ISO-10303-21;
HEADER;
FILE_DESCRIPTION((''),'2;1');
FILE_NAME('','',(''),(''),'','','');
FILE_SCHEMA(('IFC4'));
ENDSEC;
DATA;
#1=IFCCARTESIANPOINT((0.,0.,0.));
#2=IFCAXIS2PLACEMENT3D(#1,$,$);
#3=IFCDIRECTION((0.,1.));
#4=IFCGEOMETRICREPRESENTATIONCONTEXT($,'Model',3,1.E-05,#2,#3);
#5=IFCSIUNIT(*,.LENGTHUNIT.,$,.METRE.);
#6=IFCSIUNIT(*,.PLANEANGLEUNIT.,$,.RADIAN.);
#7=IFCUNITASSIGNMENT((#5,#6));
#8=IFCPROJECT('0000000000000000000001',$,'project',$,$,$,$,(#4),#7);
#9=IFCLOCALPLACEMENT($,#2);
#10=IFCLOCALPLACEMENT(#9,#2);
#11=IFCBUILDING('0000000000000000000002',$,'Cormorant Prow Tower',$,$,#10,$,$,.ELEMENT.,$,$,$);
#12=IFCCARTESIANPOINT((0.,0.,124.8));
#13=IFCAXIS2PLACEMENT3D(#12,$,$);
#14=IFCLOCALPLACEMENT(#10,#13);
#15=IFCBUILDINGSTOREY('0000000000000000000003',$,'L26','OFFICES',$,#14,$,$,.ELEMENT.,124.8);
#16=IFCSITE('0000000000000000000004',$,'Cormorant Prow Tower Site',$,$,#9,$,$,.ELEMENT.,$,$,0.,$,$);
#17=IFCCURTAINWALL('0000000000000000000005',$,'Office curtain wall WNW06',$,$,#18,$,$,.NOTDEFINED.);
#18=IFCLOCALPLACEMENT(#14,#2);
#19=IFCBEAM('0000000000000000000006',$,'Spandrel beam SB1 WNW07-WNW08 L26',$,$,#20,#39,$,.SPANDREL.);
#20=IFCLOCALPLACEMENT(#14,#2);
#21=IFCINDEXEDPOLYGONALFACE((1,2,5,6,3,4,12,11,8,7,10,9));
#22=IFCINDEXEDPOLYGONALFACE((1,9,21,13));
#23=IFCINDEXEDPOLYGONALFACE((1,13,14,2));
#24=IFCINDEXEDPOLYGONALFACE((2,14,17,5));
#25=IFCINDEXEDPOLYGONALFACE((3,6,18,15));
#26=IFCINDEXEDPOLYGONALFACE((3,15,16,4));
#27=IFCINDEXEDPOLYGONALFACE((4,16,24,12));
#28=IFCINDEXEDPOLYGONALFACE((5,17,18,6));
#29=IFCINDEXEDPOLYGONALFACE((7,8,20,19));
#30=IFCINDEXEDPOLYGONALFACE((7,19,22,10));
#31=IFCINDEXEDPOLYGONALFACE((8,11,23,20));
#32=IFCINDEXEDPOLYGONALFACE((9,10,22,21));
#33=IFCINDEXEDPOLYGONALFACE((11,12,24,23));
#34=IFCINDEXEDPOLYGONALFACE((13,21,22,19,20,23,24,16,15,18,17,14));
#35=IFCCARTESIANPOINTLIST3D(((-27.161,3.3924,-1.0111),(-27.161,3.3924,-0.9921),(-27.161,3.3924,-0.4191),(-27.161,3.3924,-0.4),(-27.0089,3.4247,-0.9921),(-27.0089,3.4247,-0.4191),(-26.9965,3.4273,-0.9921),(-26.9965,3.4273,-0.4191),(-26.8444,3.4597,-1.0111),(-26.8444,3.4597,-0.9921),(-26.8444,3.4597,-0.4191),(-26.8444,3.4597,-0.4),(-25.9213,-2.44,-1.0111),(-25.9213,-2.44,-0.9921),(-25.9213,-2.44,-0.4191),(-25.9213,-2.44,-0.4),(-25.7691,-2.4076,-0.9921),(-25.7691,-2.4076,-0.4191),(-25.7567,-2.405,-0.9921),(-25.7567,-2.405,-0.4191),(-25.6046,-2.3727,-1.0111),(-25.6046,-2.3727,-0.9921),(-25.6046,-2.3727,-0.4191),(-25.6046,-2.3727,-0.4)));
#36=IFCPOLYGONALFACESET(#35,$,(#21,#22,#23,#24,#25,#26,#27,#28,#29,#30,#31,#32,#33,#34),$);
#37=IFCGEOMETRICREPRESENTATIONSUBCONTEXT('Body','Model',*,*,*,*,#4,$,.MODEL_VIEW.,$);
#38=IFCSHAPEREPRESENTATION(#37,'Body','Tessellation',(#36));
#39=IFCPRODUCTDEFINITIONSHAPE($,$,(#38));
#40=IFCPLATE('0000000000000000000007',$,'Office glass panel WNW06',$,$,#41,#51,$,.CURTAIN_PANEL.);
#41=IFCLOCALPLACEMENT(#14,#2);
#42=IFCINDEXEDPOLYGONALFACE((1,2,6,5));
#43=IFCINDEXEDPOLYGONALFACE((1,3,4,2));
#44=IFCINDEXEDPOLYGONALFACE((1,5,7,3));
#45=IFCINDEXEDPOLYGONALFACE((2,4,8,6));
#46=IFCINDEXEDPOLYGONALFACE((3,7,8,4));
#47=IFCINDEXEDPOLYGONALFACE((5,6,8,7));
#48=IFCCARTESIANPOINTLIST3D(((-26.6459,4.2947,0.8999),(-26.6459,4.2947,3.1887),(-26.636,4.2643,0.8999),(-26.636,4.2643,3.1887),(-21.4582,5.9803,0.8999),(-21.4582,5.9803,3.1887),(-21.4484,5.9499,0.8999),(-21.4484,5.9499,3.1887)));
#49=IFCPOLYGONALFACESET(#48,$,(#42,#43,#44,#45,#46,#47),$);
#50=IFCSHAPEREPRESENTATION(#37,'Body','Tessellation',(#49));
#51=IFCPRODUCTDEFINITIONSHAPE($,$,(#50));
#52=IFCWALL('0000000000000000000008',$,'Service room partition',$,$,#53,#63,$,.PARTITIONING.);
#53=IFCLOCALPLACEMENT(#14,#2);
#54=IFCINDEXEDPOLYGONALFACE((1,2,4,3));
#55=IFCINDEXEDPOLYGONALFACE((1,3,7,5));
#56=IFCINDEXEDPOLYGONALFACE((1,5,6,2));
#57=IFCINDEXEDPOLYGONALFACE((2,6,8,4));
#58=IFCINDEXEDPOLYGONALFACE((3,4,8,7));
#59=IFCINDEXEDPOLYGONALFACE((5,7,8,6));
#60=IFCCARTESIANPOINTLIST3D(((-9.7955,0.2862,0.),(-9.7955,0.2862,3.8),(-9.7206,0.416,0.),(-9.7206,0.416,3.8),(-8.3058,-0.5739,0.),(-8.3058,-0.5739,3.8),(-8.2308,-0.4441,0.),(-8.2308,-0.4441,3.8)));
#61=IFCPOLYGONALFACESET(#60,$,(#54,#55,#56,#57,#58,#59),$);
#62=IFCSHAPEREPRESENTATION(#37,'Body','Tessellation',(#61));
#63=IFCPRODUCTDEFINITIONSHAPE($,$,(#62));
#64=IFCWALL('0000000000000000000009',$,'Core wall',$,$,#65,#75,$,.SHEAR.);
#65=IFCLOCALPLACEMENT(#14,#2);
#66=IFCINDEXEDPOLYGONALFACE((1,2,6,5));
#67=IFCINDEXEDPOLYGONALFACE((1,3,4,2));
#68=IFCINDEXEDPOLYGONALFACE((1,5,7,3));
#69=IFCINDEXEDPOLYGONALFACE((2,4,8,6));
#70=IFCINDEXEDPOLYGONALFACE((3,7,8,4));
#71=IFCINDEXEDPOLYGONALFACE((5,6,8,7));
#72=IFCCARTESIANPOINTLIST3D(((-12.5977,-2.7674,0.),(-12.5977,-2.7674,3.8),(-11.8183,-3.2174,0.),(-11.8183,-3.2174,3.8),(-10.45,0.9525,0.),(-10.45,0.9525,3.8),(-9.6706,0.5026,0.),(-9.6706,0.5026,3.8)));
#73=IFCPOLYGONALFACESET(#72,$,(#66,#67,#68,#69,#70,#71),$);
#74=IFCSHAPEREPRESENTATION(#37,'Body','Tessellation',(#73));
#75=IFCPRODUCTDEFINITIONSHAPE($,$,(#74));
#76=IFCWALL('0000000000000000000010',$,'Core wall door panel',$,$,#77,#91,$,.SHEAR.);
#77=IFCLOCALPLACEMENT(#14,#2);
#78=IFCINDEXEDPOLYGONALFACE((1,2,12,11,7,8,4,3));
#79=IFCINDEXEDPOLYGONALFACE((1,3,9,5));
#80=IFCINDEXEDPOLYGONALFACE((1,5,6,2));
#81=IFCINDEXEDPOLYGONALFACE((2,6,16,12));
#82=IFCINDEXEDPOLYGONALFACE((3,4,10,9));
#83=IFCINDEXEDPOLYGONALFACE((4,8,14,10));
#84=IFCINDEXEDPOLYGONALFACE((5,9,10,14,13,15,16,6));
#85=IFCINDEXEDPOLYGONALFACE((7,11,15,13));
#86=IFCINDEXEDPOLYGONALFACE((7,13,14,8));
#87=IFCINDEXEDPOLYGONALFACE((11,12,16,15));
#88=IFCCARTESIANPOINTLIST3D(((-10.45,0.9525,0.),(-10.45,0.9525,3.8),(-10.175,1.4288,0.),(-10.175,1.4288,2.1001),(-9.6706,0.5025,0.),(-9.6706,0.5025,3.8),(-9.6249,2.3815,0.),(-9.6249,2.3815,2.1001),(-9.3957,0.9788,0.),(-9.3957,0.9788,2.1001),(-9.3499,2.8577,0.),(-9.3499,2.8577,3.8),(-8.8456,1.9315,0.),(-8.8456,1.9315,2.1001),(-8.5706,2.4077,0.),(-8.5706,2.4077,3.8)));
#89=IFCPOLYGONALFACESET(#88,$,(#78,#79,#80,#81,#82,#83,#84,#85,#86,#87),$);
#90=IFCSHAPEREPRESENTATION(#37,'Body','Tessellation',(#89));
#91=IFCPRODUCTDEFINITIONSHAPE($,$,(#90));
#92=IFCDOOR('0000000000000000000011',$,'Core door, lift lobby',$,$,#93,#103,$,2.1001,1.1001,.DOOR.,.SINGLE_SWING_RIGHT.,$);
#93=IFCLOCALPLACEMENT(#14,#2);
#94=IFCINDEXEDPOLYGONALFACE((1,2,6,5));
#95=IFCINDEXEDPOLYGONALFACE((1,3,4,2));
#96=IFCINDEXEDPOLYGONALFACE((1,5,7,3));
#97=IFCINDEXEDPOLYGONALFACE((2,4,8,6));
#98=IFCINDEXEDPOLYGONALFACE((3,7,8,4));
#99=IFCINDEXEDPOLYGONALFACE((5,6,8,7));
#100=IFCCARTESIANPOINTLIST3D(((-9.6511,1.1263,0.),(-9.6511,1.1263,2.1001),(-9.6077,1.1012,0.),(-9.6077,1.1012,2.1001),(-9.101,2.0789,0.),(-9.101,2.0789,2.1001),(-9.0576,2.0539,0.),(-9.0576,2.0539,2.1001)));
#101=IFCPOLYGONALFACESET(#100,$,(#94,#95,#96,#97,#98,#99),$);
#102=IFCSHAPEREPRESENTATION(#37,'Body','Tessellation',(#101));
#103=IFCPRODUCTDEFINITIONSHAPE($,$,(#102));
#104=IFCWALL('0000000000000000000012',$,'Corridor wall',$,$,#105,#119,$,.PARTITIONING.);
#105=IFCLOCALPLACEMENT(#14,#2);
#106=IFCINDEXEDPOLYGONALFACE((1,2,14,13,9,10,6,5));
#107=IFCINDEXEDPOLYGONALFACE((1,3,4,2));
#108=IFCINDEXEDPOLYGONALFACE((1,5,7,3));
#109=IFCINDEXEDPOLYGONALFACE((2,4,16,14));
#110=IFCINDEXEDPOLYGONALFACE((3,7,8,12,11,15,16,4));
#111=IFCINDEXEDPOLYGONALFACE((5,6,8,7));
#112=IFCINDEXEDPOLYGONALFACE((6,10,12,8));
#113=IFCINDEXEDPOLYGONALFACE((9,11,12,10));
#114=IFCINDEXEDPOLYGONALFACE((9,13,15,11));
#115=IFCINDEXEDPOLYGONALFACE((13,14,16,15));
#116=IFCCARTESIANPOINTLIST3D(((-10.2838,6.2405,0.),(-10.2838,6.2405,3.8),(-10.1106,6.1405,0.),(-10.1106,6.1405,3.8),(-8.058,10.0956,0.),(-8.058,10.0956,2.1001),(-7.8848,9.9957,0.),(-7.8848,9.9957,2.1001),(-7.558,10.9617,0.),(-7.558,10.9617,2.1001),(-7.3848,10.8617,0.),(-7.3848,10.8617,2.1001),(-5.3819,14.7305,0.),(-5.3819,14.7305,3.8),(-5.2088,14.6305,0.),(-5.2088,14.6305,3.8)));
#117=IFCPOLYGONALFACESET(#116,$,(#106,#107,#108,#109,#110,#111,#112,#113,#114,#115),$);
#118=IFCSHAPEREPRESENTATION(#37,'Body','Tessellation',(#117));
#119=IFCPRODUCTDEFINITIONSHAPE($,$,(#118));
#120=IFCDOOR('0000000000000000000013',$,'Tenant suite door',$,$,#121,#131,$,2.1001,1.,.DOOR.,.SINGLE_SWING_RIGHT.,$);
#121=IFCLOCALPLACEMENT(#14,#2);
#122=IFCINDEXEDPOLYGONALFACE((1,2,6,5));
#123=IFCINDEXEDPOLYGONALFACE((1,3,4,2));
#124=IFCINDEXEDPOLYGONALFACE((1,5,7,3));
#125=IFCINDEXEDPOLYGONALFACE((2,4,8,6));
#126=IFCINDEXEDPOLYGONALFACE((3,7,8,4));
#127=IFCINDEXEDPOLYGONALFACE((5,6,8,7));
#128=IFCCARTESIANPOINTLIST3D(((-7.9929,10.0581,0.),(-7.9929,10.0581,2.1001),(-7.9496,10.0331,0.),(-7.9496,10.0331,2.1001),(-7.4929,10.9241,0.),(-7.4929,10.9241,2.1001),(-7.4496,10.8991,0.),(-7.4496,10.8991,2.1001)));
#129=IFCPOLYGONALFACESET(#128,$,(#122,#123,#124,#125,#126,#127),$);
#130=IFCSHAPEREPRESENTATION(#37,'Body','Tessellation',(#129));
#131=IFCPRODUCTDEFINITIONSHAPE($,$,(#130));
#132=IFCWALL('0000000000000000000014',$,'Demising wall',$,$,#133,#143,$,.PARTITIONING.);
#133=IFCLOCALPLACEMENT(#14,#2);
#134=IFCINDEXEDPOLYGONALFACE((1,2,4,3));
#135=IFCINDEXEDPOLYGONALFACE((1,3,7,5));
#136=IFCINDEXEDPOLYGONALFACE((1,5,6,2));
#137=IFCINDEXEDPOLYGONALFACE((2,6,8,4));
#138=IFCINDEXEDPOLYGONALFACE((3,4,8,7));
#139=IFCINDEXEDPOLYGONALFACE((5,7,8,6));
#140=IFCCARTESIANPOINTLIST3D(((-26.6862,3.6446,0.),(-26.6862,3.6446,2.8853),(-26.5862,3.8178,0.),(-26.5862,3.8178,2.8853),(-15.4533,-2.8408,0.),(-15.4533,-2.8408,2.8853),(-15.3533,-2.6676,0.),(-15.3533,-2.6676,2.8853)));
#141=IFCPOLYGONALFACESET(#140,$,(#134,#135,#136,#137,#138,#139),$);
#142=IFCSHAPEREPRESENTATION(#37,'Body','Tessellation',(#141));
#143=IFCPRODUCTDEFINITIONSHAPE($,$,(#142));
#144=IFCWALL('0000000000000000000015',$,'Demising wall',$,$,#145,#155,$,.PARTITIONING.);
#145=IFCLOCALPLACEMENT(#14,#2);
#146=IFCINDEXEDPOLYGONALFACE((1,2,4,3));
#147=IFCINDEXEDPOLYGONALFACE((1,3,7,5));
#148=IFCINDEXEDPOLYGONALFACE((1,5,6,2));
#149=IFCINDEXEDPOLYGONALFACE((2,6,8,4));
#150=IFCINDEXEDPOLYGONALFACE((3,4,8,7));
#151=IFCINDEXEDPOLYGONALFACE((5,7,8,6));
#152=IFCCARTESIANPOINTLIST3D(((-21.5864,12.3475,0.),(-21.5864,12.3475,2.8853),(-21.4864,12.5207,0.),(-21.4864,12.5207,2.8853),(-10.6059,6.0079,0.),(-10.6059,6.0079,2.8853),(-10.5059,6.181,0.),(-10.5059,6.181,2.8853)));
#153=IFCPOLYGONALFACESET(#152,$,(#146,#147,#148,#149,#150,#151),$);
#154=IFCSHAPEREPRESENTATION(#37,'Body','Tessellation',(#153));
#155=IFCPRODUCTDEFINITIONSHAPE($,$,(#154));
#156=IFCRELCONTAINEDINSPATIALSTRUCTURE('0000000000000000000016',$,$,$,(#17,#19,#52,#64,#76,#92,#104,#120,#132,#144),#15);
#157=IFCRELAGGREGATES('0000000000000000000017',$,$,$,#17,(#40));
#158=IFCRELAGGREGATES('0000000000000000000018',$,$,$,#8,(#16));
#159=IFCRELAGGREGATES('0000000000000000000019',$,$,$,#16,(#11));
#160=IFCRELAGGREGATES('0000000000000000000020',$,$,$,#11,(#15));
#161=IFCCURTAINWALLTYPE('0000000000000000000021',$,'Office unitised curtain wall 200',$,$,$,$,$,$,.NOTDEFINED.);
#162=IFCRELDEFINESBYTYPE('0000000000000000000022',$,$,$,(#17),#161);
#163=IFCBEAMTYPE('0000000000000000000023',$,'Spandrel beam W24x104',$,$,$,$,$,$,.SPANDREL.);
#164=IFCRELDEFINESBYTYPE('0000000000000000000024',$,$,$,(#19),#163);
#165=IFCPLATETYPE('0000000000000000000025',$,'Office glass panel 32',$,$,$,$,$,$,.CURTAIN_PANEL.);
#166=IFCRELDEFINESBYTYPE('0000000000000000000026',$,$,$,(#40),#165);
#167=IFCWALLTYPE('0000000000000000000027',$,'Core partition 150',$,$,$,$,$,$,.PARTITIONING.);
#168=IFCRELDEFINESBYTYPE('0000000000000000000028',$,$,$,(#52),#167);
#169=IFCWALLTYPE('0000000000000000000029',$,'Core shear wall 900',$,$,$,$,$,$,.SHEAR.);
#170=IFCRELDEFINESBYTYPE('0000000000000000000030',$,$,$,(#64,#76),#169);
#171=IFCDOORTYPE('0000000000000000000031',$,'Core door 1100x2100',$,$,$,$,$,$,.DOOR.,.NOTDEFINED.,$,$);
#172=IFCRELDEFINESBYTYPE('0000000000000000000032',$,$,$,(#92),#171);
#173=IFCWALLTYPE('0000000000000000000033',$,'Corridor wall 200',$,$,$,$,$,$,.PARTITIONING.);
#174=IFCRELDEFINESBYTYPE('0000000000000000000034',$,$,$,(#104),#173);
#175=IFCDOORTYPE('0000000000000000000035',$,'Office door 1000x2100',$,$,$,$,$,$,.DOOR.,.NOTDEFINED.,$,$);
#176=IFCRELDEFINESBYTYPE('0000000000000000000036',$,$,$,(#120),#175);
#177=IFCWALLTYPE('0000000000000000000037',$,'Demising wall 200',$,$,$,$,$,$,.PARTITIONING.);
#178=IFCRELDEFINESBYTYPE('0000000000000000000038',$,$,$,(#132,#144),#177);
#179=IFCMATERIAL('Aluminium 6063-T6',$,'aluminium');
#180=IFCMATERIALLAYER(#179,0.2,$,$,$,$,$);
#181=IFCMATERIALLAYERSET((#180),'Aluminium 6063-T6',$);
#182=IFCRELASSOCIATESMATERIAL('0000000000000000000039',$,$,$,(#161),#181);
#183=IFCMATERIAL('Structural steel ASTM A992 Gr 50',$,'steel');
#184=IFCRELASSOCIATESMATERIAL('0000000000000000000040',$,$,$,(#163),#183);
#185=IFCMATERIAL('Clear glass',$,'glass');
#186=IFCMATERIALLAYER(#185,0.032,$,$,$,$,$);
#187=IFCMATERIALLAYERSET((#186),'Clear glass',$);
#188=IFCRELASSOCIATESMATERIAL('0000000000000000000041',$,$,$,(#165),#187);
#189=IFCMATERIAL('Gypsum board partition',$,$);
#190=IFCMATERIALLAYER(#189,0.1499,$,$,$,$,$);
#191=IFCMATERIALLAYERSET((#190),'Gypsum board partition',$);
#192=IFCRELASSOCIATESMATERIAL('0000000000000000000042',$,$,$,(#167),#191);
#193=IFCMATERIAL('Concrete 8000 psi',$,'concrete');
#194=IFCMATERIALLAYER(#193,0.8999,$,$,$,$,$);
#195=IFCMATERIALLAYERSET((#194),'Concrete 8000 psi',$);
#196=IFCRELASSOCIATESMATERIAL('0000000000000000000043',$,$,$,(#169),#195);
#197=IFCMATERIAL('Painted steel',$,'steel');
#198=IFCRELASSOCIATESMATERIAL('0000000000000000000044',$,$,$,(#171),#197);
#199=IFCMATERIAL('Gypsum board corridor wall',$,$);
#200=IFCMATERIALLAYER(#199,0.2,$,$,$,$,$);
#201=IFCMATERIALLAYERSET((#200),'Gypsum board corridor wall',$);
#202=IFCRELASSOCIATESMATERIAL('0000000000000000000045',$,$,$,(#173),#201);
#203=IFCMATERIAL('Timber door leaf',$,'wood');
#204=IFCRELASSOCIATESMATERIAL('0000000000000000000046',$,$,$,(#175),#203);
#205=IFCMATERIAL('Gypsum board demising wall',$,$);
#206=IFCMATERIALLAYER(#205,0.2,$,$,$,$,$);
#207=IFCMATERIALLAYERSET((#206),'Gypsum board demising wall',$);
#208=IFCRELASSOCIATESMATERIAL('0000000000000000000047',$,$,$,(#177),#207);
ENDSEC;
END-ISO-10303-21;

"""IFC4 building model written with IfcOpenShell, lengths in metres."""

from ifc_helpers import new_model, si_unit, direction, frame, frame_2d, origin, origin_2d, place, context, subcontext, project, spatial, rectangle, i_section, extrude, material, layer, layer_set, material_profile, profile_set, type_object, element, fill, aggregate, save


model = new_model("IFC4")

# Units and contexts
model_context = context("Model", 3, precision=1e-05, world=origin(), true_north=direction((0.0, 1.0)))
body_context = subcontext(model_context, "Body", "Model", "MODEL_VIEW")
ifc_project = project(units=[si_unit("LENGTHUNIT", "METRE"), si_unit("PLANEANGLEUNIT", "RADIAN")], contexts=[model_context])

# Site, building, storey
site_placement = place(None, origin())
site = spatial("IfcSite", under=ifc_project, at=site_placement, Name="Cormorant Prow Tower Site", CompositionType="ELEMENT", RefElevation=0.0)
building_placement = place(site_placement, origin())
building = spatial("IfcBuilding", under=site, at=building_placement, Name="Cormorant Prow Tower", CompositionType="ELEMENT")
storey_placement = place(building_placement, frame((0.0, 0.0, 124.8)))
storey = spatial("IfcBuildingStorey", under=building, at=storey_placement, Name="L26", Description="OFFICES", CompositionType="ELEMENT", Elevation=124.8)

# Curtain wall
ifc_material_1 = material(Name="Aluminium 6063-T6", Category="aluminium")
ifc_layer_1 = layer(ifc_material_1, 0.2)
ifc_layer_set_1 = layer_set([ifc_layer_1], Name="Aluminium 6063-T6")
curtain_wall_type = type_object("IfcCurtainWallType", Name="Office unitised curtain wall 200", PredefinedType="NOTDEFINED", material=ifc_layer_set_1)
curtain_wall_placement = place(storey_placement, origin())
curtain_wall = element("IfcCurtainWall", 1, at=curtain_wall_placement, inside=storey, type_object=curtain_wall_type, Name="Office curtain wall WNW06", PredefinedType="NOTDEFINED")

# Beam
ifc_material_2 = material(Name="Structural steel ASTM A992 Gr 50", Category="steel")
ifc_material_profile_1 = material_profile(ifc_material_2, i_section(OverallWidth=0.3237, OverallDepth=0.6111, WebThickness=0.0127, FlangeThickness=0.019, at=origin_2d()), Name="W24x104")
ifc_profile_set_1 = profile_set([ifc_material_profile_1], Name="Structural steel ASTM A992 Gr 50")
beam_type_1 = type_object("IfcBeamType", Name="Spandrel beam W24x104", PredefinedType="SPANDREL", material=ifc_profile_set_1)
beam_1_placement = place(storey_placement, frame((-27.0027, 3.426, -0.7056), z_axis=(0.207921, -0.978146, 0.0), x_axis=(0.978146, 0.207921, 0.0)))
element("IfcBeam", 2, at=beam_1_placement, inside=storey, type_object=beam_type_1, Name="Spandrel beam SB1 WNW07-WNW08 L26", PredefinedType="SPANDREL", context=body_context, shape_type="SweptSolid", body=[
    extrude(i_section(OverallWidth=0.3237, OverallDepth=0.6111, WebThickness=0.0127, FlangeThickness=0.019, at=origin_2d()), origin(), (0.0, 0.0, 1.0), 5.9626),
])

# Plate
ifc_material_3 = material(Name="Clear glass", Category="glass")
ifc_layer_2 = layer(ifc_material_3, 0.032)
ifc_layer_set_2 = layer_set([ifc_layer_2], Name="Clear glass")
plate_type = type_object("IfcPlateType", Name="Office glass panel 32", PredefinedType="CURTAIN_PANEL", material=ifc_layer_set_2)
plate_placement = place(storey_placement, frame((-24.0471, 5.1223, 0.8999), z_axis=(0.0, 0.0, 1.0), x_axis=(-0.951056, -0.309017, 0.0)))
plate = element("IfcPlate", 3, at=plate_placement, type_object=plate_type, Name="Office glass panel WNW06", PredefinedType="CURTAIN_PANEL", context=body_context, shape_type="SweptSolid", body=[
    extrude(rectangle(XDim=5.4546, YDim=0.032, at=origin_2d()), origin(), (0.0, 0.0, 1.0), 2.2888),
])
aggregate(curtain_wall, [plate])

# Walls
ifc_material_4 = material(Name="Gypsum board partition")
ifc_layer_3 = layer(ifc_material_4, 0.1499)
ifc_layer_set_3 = layer_set([ifc_layer_3], Name="Gypsum board partition")
wall_type_1 = type_object("IfcWallType", Name="Core partition 150", PredefinedType="PARTITIONING", material=ifc_layer_set_3)
wall_1_placement = place(storey_placement, frame((-8.2683, -0.509, 0.0), z_axis=(0.0, 0.0, 1.0), x_axis=(-0.866025, 0.500001, 0.0)))
element("IfcWall", 4, at=wall_1_placement, inside=storey, type_object=wall_type_1, Name="Service room partition", PredefinedType="PARTITIONING", context=body_context, shape_type="SweptSolid", body=[
    extrude(rectangle(XDim=1.7202, YDim=0.1499, at=frame_2d((0.8601, 0.0))), origin(), (0.0, 0.0, 1.0), 3.8),
])
ifc_material_5 = material(Name="Concrete 8000 psi", Category="concrete")
ifc_layer_4 = layer(ifc_material_5, 0.8999)
ifc_layer_set_4 = layer_set([ifc_layer_4], Name="Concrete 8000 psi")
wall_type_2 = type_object("IfcWallType", Name="Core shear wall 900", PredefinedType="SHEAR", material=ifc_layer_set_4)
wall_2_placement = place(storey_placement, frame((-10.0603, 0.7275, 0.0), z_axis=(0.0, 0.0, 1.0), x_axis=(-0.499996, -0.866028, 0.0)))
element("IfcWall", 5, at=wall_2_placement, inside=storey, type_object=wall_type_2, Name="Core wall", PredefinedType="SHEAR", context=body_context, shape_type="SweptSolid", body=[
    extrude(rectangle(XDim=4.2954, YDim=0.8999, at=frame_2d((2.1477, 0.0))), origin(), (0.0, 0.0, 1.0), 3.8),
])

# Walls, openings, doors
wall_3_placement = place(storey_placement, frame((-8.9602, 2.6328, 0.0), z_axis=(0.0, 0.0, 1.0), x_axis=(-0.50003, -0.866008, 0.0)))
wall_3 = element("IfcWall", 6, at=wall_3_placement, inside=storey, type_object=wall_type_2, Name="Core wall door panel", PredefinedType="SHEAR", context=body_context, shape_type="SweptSolid", body=[
    extrude(rectangle(XDim=2.2, YDim=0.8999, at=frame_2d((1.1001, 0.0))), origin(), (0.0, 0.0, 1.0), 3.8),
])
opening_1_placement = place(wall_3_placement, frame((0.55, 0.0, 0.0)))
opening_1 = element("IfcOpeningElement", 7, at=opening_1_placement, cuts=wall_3, PredefinedType="OPENING", context=body_context, shape_type="SweptSolid", body=[
    extrude(rectangle(XDim=1.1001, YDim=2.1001, at=frame_2d((0.55, 1.05))), frame((0.0, 0.46, 0.0), z_axis=(0.0, -1.0, 0.0), x_axis=(1.0, 0.0, 0.0)), (0.0, 0.0, 1.0), 0.9199),
])
ifc_material_6 = material(Name="Painted steel", Category="steel")
door_type_1 = type_object("IfcDoorType", Name="Core door 1100x2100", OperationType="NOTDEFINED", PredefinedType="DOOR", material=ifc_material_6)
door_1_placement = place(opening_1_placement, origin())
door_1 = element("IfcDoor", 8, at=door_1_placement, inside=storey, type_object=door_type_1, Name="Core door, lift lobby", OperationType="SINGLE_SWING_RIGHT", OverallHeight=2.1001, OverallWidth=1.1001, PredefinedType="DOOR", context=body_context, shape_type="SweptSolid", body=[
    extrude(rectangle(XDim=1.1001, YDim=2.1001, at=frame_2d((0.55, 1.05))), frame((0.0, 0.2051, 0.0), z_axis=(0.0, -1.0, 0.0), x_axis=(1.0, 0.0, 0.0)), (0.0, 0.0, 1.0), 0.05),
])
fill(opening_1, door_1)
ifc_material_7 = material(Name="Gypsum board corridor wall")
ifc_layer_5 = layer(ifc_material_7, 0.2)
ifc_layer_set_5 = layer_set([ifc_layer_5], Name="Gypsum board corridor wall")
wall_type_3 = type_object("IfcWallType", Name="Corridor wall 200", PredefinedType="PARTITIONING", material=ifc_layer_set_5)
wall_4_placement = place(storey_placement, frame((-10.1973, 6.1904, 0.0), z_axis=(0.0, 0.0, 1.0), x_axis=(0.500012, 0.866018, 0.0)))
wall_4 = element("IfcWall", 9, at=wall_4_placement, inside=storey, type_object=wall_type_3, Name="Corridor wall", PredefinedType="PARTITIONING", context=body_context, shape_type="SweptSolid", body=[
    extrude(rectangle(XDim=9.8035, YDim=0.2, at=frame_2d((4.9019, 0.0))), origin(), (0.0, 0.0, 1.0), 3.8),
])
opening_2_placement = place(wall_4_placement, frame((4.4517, 0.0, 0.0)))
opening_2 = element("IfcOpeningElement", 10, at=opening_2_placement, cuts=wall_4, PredefinedType="OPENING", context=body_context, shape_type="SweptSolid", body=[
    extrude(rectangle(XDim=1.0, YDim=2.1001, at=frame_2d((0.5, 1.05))), frame((0.0, 0.1099, 0.0), z_axis=(0.0, -1.0, 0.0), x_axis=(1.0, 0.0, 0.0)), (0.0, 0.0, 1.0), 0.22),
])
ifc_material_8 = material(Name="Timber door leaf", Category="wood")
door_type_2 = type_object("IfcDoorType", Name="Office door 1000x2100", OperationType="NOTDEFINED", PredefinedType="DOOR", material=ifc_material_8)
door_2_placement = place(opening_2_placement, origin())
door_2 = element("IfcDoor", 11, at=door_2_placement, inside=storey, type_object=door_type_2, Name="Tenant suite door", OperationType="SINGLE_SWING_RIGHT", OverallHeight=2.1001, OverallWidth=1.0, PredefinedType="DOOR", context=body_context, shape_type="SweptSolid", body=[
    extrude(rectangle(XDim=1.0, YDim=2.1001, at=frame_2d((0.5, 1.05))), frame((0.0, 0.0249, 0.0), z_axis=(0.0, -1.0, 0.0), x_axis=(1.0, 0.0, 0.0)), (0.0, 0.0, 1.0), 0.05),
])
fill(opening_2, door_2)

# Walls
ifc_material_9 = material(Name="Gypsum board demising wall")
ifc_layer_6 = layer(ifc_material_9, 0.2)
ifc_layer_set_6 = layer_set([ifc_layer_6], Name="Gypsum board demising wall")
wall_type_4 = type_object("IfcWallType", Name="Demising wall 200", PredefinedType="PARTITIONING", material=ifc_layer_set_6)
wall_5_placement = place(storey_placement, frame((-26.6362, 3.7312, 0.0), z_axis=(0.0, 0.0, 1.0), x_axis=(0.866024, -0.500002, 0.0)))
element("IfcWall", 12, at=wall_5_placement, inside=storey, type_object=wall_type_4, Name="Demising wall", PredefinedType="PARTITIONING", context=body_context, shape_type="SweptSolid", body=[
    extrude(rectangle(XDim=12.9707, YDim=0.2, at=frame_2d((6.4854, 0.0))), origin(), (0.0, 0.0, 1.0), 2.8853),
])
wall_6_placement = place(storey_placement, frame((-21.5364, 12.4341, 0.0), z_axis=(0.0, 0.0, 1.0), x_axis=(0.866025, -0.500001, 0.0)))
element("IfcWall", 13, at=wall_6_placement, inside=storey, type_object=wall_type_4, Name="Demising wall", PredefinedType="PARTITIONING", context=body_context, shape_type="SweptSolid", body=[
    extrude(rectangle(XDim=12.6792, YDim=0.2, at=frame_2d((6.3396, 0.0))), origin(), (0.0, 0.0, 1.0), 2.8853),
])

save(model, "model.ifc")
